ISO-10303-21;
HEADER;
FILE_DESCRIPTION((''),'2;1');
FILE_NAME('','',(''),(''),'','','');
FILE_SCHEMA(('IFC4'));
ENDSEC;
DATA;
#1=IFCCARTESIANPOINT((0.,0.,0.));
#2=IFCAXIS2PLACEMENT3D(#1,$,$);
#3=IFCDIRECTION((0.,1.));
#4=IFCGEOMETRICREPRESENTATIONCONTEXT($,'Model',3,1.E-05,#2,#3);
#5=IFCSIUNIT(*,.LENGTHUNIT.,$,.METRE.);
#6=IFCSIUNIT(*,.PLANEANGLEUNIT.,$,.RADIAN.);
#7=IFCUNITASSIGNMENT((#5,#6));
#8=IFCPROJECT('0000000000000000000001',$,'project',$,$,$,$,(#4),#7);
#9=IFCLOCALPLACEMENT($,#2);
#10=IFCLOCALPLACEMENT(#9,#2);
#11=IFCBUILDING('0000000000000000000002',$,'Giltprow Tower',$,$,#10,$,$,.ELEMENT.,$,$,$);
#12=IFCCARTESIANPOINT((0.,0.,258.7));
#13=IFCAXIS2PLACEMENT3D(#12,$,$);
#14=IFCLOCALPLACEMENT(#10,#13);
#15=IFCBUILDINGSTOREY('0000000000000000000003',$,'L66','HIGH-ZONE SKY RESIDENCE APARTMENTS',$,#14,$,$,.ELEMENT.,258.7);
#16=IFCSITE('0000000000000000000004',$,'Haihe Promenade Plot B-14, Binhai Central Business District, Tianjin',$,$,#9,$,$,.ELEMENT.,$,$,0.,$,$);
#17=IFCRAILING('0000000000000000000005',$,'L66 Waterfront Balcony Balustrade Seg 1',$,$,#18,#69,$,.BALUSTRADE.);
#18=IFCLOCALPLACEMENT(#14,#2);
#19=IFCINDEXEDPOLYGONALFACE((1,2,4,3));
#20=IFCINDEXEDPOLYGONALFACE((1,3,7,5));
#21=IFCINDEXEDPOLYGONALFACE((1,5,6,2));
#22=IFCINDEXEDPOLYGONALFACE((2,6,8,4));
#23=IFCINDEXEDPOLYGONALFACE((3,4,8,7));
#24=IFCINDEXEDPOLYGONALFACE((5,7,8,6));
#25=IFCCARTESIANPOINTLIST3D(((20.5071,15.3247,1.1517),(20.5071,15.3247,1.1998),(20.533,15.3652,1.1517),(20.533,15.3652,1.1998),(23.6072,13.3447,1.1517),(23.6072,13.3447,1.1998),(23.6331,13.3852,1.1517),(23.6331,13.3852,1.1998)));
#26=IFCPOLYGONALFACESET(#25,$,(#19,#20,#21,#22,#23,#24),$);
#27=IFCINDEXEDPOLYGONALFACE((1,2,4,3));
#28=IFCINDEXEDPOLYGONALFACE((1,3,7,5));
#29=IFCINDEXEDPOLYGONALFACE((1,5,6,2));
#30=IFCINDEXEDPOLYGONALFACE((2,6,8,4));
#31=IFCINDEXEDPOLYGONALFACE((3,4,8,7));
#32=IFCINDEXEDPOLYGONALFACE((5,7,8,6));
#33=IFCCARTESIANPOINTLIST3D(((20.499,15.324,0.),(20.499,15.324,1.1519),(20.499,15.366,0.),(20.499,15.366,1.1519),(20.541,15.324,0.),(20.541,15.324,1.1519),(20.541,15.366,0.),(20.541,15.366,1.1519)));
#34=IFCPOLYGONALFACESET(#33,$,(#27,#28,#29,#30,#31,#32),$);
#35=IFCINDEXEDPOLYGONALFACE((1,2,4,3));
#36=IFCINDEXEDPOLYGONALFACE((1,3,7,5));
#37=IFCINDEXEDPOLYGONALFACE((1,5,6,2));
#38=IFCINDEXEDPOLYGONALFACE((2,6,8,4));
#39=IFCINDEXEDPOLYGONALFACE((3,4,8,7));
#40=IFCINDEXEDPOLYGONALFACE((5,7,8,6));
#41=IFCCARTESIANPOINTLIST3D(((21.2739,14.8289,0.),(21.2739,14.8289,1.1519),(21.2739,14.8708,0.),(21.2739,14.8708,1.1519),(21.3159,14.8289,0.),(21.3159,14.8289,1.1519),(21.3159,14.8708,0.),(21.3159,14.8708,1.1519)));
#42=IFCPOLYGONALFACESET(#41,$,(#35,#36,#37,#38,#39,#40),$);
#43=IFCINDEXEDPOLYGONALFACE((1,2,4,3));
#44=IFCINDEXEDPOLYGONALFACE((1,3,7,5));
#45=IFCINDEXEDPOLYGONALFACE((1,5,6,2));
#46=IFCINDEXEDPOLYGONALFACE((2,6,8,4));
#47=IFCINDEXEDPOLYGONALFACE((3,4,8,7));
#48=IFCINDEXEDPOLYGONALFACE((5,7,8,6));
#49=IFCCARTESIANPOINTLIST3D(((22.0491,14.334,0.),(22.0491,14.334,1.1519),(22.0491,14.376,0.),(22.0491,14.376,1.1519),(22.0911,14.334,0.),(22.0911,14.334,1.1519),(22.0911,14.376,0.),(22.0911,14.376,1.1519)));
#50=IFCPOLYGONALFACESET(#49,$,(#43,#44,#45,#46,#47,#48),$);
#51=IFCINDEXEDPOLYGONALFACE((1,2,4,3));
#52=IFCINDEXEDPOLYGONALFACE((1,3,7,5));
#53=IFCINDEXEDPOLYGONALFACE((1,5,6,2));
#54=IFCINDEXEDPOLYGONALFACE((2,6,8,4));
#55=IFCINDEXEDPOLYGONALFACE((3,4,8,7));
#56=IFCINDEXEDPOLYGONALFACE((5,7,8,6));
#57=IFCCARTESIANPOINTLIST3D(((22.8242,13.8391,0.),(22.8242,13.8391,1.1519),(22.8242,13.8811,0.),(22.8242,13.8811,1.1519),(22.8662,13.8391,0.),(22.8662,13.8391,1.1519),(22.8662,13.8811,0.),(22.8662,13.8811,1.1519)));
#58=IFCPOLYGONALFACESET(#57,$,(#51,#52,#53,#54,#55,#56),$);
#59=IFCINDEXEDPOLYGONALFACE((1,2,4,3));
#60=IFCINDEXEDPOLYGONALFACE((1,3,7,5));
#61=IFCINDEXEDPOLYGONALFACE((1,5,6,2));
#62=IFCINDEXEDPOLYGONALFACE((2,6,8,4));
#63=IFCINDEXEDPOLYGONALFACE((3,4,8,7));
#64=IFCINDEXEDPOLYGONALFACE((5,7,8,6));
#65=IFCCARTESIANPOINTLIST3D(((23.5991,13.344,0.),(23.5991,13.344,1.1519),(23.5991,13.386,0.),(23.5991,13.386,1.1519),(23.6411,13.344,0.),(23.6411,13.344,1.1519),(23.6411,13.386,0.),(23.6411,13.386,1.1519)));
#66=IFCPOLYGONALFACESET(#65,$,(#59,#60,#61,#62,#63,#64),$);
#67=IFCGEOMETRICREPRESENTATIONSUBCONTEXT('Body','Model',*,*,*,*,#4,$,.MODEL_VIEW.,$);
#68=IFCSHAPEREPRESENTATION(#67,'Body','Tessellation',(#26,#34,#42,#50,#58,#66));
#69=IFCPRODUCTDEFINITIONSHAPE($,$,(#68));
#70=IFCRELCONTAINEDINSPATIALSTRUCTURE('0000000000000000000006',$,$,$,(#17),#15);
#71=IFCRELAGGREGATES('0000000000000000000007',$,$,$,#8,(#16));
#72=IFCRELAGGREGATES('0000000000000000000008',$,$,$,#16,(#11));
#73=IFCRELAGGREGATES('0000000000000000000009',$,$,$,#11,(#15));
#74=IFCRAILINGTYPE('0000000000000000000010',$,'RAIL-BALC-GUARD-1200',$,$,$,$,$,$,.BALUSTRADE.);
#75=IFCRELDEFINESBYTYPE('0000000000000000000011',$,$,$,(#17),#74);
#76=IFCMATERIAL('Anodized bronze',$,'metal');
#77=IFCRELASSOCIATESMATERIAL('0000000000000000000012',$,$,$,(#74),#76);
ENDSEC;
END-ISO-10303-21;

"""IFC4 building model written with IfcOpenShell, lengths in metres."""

from ifc_helpers import new_model, si_unit, direction, frame, origin, origin_2d, place, context, subcontext, project, spatial, rectangle, extrude, material, type_object, element, save


model = new_model("IFC4")

# Units and contexts
model_context = context("Model", 3, precision=1e-05, world=origin(), true_north=direction((0.0, 1.0)))
body_context = subcontext(model_context, "Body", "Model", "MODEL_VIEW")
ifc_project = project(units=[si_unit("LENGTHUNIT", "METRE"), si_unit("PLANEANGLEUNIT", "RADIAN")], contexts=[model_context])

# Site, building, storey
site_placement = place(None, origin())
site = spatial("IfcSite", under=ifc_project, at=site_placement, Name="Haihe Promenade Plot B-14, Binhai Central Business District, Tianjin", CompositionType="ELEMENT", RefElevation=0.0)
building_placement = place(site_placement, origin())
building = spatial("IfcBuilding", under=site, at=building_placement, Name="Giltprow Tower", CompositionType="ELEMENT")
storey_placement = place(building_placement, frame((0.0, 0.0, 258.7)))
storey = spatial("IfcBuildingStorey", under=building, at=storey_placement, Name="L66", Description="HIGH-ZONE SKY RESIDENCE APARTMENTS", CompositionType="ELEMENT", Elevation=258.7)

# Railing
ifc_material_1 = material(Name="Anodized bronze", Category="metal")
railing_type = type_object("IfcRailingType", Name="RAIL-BALC-GUARD-1200", PredefinedType="BALUSTRADE", material=ifc_material_1)
railing_1_placement = place(storey_placement, frame((20.52, 15.345, 0.0)))
element("IfcRailing", 1, at=railing_1_placement, inside=storey, type_object=railing_type, Name="L66 Waterfront Balcony Balustrade Seg 1", PredefinedType="BALUSTRADE", context=body_context, shape_type="SweptSolid", body=[
    extrude(rectangle(XDim=0.0481, YDim=0.0481, at=origin_2d()), frame((0.0, 0.0, 1.1758), z_axis=(0.842775, -0.538266, 0.0), x_axis=(0.538266, 0.842775, 0.0)), (0.0, 0.0, 1.0), 3.6785),
    extrude(rectangle(XDim=0.042, YDim=0.042, at=origin_2d()), origin(), (0.0, 0.0, 1.0), 1.1519),
    extrude(rectangle(XDim=0.042, YDim=0.042, at=origin_2d()), frame((0.7749, -0.4951, 0.0)), (0.0, 0.0, 1.0), 1.1519),
    extrude(rectangle(XDim=0.042, YDim=0.042, at=origin_2d()), frame((1.55, -0.99, 0.0)), (0.0, 0.0, 1.0), 1.1519),
    extrude(rectangle(XDim=0.042, YDim=0.042, at=origin_2d()), frame((2.3252, -1.4849, 0.0)), (0.0, 0.0, 1.0), 1.1519),
    extrude(rectangle(XDim=0.042, YDim=0.042, at=origin_2d()), frame((3.1001, -1.98, 0.0)), (0.0, 0.0, 1.0), 1.1519),
])

save(model, "model.ifc")
